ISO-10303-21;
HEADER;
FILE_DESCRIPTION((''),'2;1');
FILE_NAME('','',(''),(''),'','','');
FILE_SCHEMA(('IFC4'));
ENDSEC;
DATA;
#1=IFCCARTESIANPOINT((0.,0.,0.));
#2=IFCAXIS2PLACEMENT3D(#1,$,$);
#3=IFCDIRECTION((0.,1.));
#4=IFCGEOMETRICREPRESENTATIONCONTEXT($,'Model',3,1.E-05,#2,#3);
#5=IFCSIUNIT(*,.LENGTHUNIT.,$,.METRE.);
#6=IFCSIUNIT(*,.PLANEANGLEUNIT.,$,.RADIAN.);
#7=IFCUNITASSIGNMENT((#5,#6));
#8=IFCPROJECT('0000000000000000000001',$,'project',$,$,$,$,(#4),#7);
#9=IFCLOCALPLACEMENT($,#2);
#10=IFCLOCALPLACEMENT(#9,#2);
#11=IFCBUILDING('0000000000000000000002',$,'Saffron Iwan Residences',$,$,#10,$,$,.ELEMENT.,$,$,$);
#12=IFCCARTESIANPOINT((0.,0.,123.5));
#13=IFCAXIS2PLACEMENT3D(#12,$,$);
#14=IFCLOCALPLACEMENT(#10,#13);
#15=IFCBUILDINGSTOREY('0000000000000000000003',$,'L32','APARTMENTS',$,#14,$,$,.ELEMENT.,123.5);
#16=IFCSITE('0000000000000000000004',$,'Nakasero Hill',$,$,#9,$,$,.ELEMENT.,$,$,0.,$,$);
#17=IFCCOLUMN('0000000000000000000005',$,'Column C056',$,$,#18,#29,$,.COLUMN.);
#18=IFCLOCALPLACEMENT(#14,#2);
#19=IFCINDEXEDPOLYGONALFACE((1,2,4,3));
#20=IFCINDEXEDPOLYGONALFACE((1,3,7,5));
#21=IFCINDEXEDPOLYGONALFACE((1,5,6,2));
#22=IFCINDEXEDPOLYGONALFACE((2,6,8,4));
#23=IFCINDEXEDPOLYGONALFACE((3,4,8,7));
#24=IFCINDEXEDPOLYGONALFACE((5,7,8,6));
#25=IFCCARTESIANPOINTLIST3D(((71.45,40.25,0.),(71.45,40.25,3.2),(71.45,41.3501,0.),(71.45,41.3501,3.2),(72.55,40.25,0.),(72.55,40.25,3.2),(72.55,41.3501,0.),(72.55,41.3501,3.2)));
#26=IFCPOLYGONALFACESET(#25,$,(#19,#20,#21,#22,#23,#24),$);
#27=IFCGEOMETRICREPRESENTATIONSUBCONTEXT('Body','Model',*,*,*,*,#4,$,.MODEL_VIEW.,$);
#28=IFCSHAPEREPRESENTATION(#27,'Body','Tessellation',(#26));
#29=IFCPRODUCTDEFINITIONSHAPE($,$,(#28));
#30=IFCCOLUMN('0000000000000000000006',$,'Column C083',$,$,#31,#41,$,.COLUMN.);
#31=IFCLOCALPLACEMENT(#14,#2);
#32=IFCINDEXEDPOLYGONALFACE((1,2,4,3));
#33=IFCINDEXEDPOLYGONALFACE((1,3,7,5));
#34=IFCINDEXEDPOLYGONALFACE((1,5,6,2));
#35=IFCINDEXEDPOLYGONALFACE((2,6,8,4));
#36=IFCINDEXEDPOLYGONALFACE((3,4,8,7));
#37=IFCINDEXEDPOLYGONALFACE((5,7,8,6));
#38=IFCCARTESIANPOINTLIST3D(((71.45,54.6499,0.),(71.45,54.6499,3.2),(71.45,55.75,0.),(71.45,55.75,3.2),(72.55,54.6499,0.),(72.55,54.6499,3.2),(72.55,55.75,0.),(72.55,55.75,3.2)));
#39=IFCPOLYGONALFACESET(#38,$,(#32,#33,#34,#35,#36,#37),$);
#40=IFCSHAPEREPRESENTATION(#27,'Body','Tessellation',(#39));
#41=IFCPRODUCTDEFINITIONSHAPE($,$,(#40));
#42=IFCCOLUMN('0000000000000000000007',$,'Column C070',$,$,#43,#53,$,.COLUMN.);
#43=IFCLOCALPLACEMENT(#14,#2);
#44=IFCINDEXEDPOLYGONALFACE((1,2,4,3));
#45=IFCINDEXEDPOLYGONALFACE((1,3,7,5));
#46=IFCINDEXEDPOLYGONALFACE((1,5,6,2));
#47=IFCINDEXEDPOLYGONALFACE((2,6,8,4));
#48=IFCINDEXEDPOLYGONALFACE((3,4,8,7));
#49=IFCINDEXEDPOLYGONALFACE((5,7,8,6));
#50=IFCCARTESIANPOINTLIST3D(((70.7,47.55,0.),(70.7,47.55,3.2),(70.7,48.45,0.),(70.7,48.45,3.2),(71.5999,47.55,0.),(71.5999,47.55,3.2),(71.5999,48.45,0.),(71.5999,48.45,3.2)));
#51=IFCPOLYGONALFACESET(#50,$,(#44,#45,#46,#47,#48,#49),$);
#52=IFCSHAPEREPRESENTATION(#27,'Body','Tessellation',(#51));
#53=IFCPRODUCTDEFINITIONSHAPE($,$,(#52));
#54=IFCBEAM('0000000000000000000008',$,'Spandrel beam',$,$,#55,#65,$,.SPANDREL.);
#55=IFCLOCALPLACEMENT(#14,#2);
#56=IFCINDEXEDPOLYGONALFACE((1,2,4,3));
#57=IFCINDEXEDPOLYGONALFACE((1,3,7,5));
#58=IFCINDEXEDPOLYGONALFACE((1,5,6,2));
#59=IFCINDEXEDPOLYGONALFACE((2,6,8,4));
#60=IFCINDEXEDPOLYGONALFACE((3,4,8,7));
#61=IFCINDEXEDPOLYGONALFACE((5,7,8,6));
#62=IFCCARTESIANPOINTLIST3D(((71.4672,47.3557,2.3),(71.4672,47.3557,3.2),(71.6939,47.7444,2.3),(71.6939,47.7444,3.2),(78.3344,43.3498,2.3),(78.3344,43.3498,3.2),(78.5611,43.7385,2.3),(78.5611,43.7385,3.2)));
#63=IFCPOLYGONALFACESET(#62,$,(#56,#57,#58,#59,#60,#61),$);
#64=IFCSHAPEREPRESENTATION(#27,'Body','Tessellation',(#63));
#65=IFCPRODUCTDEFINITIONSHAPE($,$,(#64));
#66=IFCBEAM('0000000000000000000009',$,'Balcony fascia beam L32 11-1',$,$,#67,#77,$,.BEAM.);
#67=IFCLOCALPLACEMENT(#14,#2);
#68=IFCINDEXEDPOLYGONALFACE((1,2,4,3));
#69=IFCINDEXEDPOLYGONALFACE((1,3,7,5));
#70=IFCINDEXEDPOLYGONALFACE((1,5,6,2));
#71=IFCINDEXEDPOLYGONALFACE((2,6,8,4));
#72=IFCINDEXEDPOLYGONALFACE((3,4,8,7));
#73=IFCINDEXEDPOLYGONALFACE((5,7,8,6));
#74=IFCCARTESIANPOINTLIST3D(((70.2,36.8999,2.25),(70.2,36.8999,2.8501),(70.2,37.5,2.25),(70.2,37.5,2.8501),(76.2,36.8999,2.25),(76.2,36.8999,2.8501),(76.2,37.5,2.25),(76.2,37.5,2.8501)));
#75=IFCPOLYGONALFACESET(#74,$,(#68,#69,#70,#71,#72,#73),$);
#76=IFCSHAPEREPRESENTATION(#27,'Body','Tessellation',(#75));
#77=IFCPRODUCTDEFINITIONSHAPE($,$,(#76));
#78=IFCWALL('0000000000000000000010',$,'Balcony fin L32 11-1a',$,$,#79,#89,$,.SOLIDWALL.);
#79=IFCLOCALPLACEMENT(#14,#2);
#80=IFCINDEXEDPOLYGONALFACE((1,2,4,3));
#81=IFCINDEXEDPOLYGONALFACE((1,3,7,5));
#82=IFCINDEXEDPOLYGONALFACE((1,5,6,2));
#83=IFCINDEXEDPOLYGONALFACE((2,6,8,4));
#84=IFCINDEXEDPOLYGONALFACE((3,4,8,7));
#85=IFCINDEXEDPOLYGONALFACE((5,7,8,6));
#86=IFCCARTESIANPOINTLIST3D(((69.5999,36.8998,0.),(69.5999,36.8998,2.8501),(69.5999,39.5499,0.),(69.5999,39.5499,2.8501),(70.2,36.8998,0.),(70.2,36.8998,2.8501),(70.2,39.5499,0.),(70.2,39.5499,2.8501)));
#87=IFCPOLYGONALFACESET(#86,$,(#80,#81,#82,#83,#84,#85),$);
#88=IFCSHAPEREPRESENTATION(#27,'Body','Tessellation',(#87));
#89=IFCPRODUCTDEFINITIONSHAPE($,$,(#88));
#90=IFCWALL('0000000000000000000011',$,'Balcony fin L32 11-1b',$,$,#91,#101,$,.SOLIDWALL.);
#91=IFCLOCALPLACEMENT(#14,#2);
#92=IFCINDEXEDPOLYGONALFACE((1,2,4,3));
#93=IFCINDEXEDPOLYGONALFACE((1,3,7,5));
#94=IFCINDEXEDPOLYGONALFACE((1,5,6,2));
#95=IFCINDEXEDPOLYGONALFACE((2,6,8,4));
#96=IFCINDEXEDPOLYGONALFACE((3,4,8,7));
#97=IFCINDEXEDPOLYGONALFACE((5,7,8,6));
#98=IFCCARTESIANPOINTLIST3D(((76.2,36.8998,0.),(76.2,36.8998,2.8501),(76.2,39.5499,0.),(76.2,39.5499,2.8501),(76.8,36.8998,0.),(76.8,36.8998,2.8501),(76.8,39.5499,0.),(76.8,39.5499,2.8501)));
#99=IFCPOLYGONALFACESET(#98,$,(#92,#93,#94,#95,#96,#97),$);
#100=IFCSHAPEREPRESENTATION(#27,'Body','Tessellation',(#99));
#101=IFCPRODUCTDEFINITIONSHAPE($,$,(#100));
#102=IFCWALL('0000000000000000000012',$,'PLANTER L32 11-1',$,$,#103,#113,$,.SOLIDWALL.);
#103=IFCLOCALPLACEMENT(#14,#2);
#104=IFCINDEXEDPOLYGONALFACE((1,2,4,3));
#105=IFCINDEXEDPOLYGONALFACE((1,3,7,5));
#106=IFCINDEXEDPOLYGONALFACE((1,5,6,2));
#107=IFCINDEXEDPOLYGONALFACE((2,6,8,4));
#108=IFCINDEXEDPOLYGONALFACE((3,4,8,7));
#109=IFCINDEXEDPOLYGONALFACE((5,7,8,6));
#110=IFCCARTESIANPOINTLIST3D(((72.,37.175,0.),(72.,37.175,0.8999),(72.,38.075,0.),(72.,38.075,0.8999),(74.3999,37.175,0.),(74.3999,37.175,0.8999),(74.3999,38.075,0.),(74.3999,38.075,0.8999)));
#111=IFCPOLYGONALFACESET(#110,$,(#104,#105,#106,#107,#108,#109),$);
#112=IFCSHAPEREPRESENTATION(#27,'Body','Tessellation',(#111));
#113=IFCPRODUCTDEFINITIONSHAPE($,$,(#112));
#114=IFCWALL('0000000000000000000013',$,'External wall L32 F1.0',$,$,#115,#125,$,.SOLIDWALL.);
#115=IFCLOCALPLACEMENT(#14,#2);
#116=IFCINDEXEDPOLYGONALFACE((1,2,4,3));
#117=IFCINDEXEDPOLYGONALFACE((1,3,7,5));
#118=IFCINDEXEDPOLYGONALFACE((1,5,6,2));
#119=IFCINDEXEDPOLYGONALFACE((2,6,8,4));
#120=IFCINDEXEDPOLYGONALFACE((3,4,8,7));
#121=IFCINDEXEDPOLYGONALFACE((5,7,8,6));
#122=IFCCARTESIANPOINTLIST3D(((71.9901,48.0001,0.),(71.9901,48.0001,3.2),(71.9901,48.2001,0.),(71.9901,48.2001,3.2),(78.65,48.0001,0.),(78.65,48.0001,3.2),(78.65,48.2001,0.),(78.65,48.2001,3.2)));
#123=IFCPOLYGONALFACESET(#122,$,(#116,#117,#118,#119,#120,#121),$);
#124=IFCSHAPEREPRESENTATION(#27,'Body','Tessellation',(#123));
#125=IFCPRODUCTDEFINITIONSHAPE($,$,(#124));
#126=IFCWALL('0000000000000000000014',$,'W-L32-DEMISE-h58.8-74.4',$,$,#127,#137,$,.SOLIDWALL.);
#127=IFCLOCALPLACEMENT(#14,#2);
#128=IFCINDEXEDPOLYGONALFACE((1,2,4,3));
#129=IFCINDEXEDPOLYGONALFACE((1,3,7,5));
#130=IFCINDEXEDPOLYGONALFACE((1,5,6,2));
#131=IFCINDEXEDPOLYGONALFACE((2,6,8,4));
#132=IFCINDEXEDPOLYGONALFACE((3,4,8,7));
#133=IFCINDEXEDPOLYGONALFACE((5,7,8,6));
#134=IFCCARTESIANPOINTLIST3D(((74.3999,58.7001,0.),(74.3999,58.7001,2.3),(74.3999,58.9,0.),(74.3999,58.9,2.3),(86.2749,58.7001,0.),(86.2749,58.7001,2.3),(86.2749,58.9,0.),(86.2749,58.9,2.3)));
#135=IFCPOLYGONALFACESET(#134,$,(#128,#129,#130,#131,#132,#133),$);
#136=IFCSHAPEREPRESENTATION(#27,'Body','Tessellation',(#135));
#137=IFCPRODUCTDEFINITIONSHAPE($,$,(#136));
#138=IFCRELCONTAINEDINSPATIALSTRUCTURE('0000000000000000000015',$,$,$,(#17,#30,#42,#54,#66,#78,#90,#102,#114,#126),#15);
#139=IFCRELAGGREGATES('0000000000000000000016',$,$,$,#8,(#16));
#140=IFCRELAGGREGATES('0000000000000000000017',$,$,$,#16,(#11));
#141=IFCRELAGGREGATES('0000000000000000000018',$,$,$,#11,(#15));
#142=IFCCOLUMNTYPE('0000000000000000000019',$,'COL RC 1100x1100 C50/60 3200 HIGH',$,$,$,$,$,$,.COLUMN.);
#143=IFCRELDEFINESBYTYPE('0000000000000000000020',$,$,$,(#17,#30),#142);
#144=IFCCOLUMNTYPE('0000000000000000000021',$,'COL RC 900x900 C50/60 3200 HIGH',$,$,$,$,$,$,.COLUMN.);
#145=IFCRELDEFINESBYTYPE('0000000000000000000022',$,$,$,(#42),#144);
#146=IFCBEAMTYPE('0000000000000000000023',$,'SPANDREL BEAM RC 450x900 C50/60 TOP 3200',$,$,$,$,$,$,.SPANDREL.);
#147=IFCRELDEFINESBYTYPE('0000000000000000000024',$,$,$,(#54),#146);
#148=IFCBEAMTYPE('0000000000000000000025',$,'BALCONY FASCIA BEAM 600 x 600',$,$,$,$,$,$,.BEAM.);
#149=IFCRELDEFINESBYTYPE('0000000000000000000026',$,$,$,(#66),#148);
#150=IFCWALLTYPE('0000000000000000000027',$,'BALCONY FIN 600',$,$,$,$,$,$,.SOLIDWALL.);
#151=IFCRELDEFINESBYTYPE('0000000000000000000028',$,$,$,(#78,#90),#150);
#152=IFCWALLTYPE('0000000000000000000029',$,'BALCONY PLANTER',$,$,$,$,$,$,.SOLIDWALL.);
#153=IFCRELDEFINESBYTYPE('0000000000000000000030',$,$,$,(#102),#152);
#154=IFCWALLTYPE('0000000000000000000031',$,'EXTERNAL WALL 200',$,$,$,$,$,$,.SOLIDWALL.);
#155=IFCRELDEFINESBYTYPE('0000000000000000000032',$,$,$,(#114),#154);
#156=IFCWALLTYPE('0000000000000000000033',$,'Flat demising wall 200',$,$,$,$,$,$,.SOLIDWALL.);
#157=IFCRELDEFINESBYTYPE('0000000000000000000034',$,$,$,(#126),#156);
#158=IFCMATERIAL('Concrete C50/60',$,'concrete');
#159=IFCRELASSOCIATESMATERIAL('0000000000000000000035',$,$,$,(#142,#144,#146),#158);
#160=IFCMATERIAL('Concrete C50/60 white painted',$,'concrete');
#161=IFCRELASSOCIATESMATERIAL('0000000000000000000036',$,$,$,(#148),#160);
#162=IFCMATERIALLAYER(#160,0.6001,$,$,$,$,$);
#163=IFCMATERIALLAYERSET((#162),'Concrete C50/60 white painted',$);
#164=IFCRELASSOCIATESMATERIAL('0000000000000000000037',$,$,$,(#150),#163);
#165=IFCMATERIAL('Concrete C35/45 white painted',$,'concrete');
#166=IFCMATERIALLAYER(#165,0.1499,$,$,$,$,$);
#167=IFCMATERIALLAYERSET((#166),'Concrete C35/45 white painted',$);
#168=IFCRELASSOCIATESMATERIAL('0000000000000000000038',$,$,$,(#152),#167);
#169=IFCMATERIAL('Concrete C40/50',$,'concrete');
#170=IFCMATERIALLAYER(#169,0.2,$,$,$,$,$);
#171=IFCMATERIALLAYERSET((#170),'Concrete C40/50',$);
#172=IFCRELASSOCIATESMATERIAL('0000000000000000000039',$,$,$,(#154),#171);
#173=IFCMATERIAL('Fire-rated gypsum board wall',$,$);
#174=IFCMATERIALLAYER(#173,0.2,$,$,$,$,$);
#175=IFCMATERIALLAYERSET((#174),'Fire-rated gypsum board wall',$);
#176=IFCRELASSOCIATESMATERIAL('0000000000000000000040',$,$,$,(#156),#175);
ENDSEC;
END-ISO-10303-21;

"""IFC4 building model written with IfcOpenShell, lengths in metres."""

from ifc_helpers import new_model, si_unit, direction, frame, frame_2d, origin, origin_2d, place, context, subcontext, project, spatial, rectangle, extrude, source, transform, mapped, material, layer, layer_set, material_profile, profile_set, type_object, element, save


model = new_model("IFC4")

# Units and contexts
model_context = context("Model", 3, precision=1e-05, world=origin(), true_north=direction((0.0, 1.0)))
body_context = subcontext(model_context, "Body", "Model", "MODEL_VIEW")
ifc_project = project(units=[si_unit("LENGTHUNIT", "METRE"), si_unit("PLANEANGLEUNIT", "RADIAN")], contexts=[model_context])

# Site, building, storey
site_placement = place(None, origin())
site = spatial("IfcSite", under=ifc_project, at=site_placement, Name="Nakasero Hill", CompositionType="ELEMENT", RefElevation=0.0)
building_placement = place(site_placement, origin())
building = spatial("IfcBuilding", under=site, at=building_placement, Name="Saffron Iwan Residences", CompositionType="ELEMENT")
storey_placement = place(building_placement, frame((0.0, 0.0, 123.5)))
storey = spatial("IfcBuildingStorey", under=building, at=storey_placement, Name="L32", Description="APARTMENTS", CompositionType="ELEMENT", Elevation=123.5)

# Columns
ifc_material_1 = material(Name="Concrete C50/60", Category="concrete")
ifc_material_profile_1 = material_profile(ifc_material_1, rectangle(XDim=1.1001, YDim=1.1001, at=origin_2d()), Name="RC 1100x1100")
ifc_profile_set_1 = profile_set([ifc_material_profile_1], Name="Concrete C50/60")
column_type_1 = type_object("IfcColumnType", Name="COL RC 1100x1100 C50/60 3200 HIGH", PredefinedType="COLUMN", material=ifc_profile_set_1)
shared_shape_1 = source(origin(), body_context, "Body", "SweptSolid", [
    extrude(rectangle(XDim=1.1001, YDim=1.1001, at=origin_2d()), origin(), (0.0, 0.0, 1.0), 3.2),
])
for number, where, z_axis, x_axis, name in (
    (1, (72.0, 40.8, 0.0), (0.0, 0.0, 1.0), (1.0, 0.0, 0.0), "Column C056"),
    (2, (72.0, 55.2, 0.0), (0.0, 0.0, 1.0), (1.0, 0.0, 0.0), "Column C083"),
):
    element("IfcColumn", number, at=place(storey_placement, frame(where, z_axis=z_axis, x_axis=x_axis)), inside=storey, type_object=column_type_1, Name=name, PredefinedType="COLUMN", context=body_context, shape_type="MappedRepresentation", body=[
        mapped(shared_shape_1, transform((0.0, 0.0, 0.0))),
    ])
ifc_material_profile_2 = material_profile(ifc_material_1, rectangle(XDim=0.8999, YDim=0.8999, at=origin_2d()), Name="RC 900x900")
ifc_profile_set_2 = profile_set([ifc_material_profile_2], Name="Concrete C50/60")
column_type_2 = type_object("IfcColumnType", Name="COL RC 900x900 C50/60 3200 HIGH", PredefinedType="COLUMN", material=ifc_profile_set_2)
shared_shape_2 = source(origin(), body_context, "Body", "SweptSolid", [
    extrude(rectangle(XDim=0.8999, YDim=0.8999, at=origin_2d()), origin(), (0.0, 0.0, 1.0), 3.2),
])
column_placement = place(storey_placement, frame((71.1499, 48.0, 0.0), z_axis=(0.0, 0.0, 1.0), x_axis=(1.0, 0.0, 0.0)))
element("IfcColumn", 3, at=column_placement, inside=storey, type_object=column_type_2, Name="Column C070", PredefinedType="COLUMN", context=body_context, shape_type="MappedRepresentation", body=[
    mapped(shared_shape_2, transform((0.0, 0.0, 0.0))),
])

# Beams
ifc_material_profile_3 = material_profile(ifc_material_1, rectangle(XDim=0.45, YDim=0.8999, at=origin_2d()), Name="RC 450x900")
ifc_profile_set_3 = profile_set([ifc_material_profile_3], Name="Concrete C50/60")
beam_type_1 = type_object("IfcBeamType", Name="SPANDREL BEAM RC 450x900 C50/60 TOP 3200", PredefinedType="SPANDREL", material=ifc_profile_set_3)
shared_shape_3 = source(origin(), body_context, "Body", "SweptSolid", [
    extrude(rectangle(XDim=0.45, YDim=0.8999, at=origin_2d()), origin(), (0.0, 0.0, 1.0), 7.9502),
])
beam_1_placement = place(storey_placement, frame((71.5806, 47.55, 2.75), z_axis=(0.863779, -0.503871, 0.0), x_axis=(0.503871, 0.863779, 0.0)))
element("IfcBeam", 4, at=beam_1_placement, inside=storey, type_object=beam_type_1, Name="Spandrel beam", PredefinedType="SPANDREL", context=body_context, shape_type="MappedRepresentation", body=[
    mapped(shared_shape_3, transform((0.0, 0.0, 0.0))),
])
ifc_material_2 = material(Name="Concrete C50/60 white painted", Category="concrete")
ifc_material_profile_4 = material_profile(ifc_material_2, rectangle(XDim=0.6001, YDim=0.6001, at=origin_2d()), Name="BALCONY FASCIA BEAM 600 x 600")
ifc_profile_set_4 = profile_set([ifc_material_profile_4], Name="Concrete C50/60 white painted")
beam_type_2 = type_object("IfcBeamType", Name="BALCONY FASCIA BEAM 600 x 600", PredefinedType="BEAM", material=ifc_profile_set_4)
shared_shape_4 = source(origin(), body_context, "Body", "SweptSolid", [
    extrude(rectangle(XDim=0.6001, YDim=0.6001, at=origin_2d()), origin(), (0.0, 0.0, 1.0), 6.0),
])
beam_2_placement = place(storey_placement, frame((70.2, 37.2, 2.55), z_axis=(1.0, 0.0, 0.0), x_axis=(0.0, 1.0, 0.0)))
element("IfcBeam", 5, at=beam_2_placement, inside=storey, type_object=beam_type_2, Name="Balcony fascia beam L32 11-1", PredefinedType="BEAM", context=body_context, shape_type="MappedRepresentation", body=[
    mapped(shared_shape_4, transform((0.0, 0.0, 0.0))),
])

# Walls
ifc_layer_1 = layer(ifc_material_2, 0.6001)
ifc_layer_set_1 = layer_set([ifc_layer_1], Name="Concrete C50/60 white painted")
wall_type_1 = type_object("IfcWallType", Name="BALCONY FIN 600", PredefinedType="SOLIDWALL", material=ifc_layer_set_1)
for number, where, z_axis, x_axis, name in (
    (6, (69.8999, 39.55, 0.0), (0.0, 0.0, 1.0), (0.0, -1.0, 0.0), "Balcony fin L32 11-1a"),
    (7, (76.5, 39.55, 0.0), (0.0, 0.0, 1.0), (0.0, -1.0, 0.0), "Balcony fin L32 11-1b"),
):
    element("IfcWall", number, at=place(storey_placement, frame(where, z_axis=z_axis, x_axis=x_axis)), inside=storey, type_object=wall_type_1, Name=name, PredefinedType="SOLIDWALL", context=body_context, shape_type="SweptSolid", body=[
        extrude(rectangle(XDim=2.6501, YDim=0.6001, at=frame_2d((1.3252, 0.0))), origin(), (0.0, 0.0, 1.0), 2.8501),
    ])
ifc_material_3 = material(Name="Concrete C35/45 white painted", Category="concrete")
ifc_layer_2 = layer(ifc_material_3, 0.1499)
ifc_layer_set_2 = layer_set([ifc_layer_2], Name="Concrete C35/45 white painted")
wall_type_2 = type_object("IfcWallType", Name="BALCONY PLANTER", PredefinedType="SOLIDWALL", material=ifc_layer_set_2)
wall_1_placement = place(storey_placement, frame((72.0, 37.625, 0.0), z_axis=(0.0, 0.0, 1.0), x_axis=(1.0, 0.0, 0.0)))
element("IfcWall", 8, at=wall_1_placement, inside=storey, type_object=wall_type_2, Name="PLANTER L32 11-1", PredefinedType="SOLIDWALL", context=body_context, shape_type="SweptSolid", body=[
    extrude(rectangle(XDim=2.3999, YDim=0.8999, at=frame_2d((1.2, 0.0))), origin(), (0.0, 0.0, 1.0), 0.8999),
])
ifc_material_4 = material(Name="Concrete C40/50", Category="concrete")
ifc_layer_3 = layer(ifc_material_4, 0.2)
ifc_layer_set_3 = layer_set([ifc_layer_3], Name="Concrete C40/50")
wall_type_3 = type_object("IfcWallType", Name="EXTERNAL WALL 200", PredefinedType="SOLIDWALL", material=ifc_layer_set_3)
wall_2_placement = place(storey_placement, frame((71.99, 48.1001, 0.0), z_axis=(0.0, 0.0, 1.0), x_axis=(1.0, 0.0, 0.0)))
element("IfcWall", 9, at=wall_2_placement, inside=storey, type_object=wall_type_3, Name="External wall L32 F1.0", PredefinedType="SOLIDWALL", context=body_context, shape_type="SweptSolid", body=[
    extrude(rectangle(XDim=6.6599, YDim=0.2, at=frame_2d((3.3301, 0.0))), origin(), (0.0, 0.0, 1.0), 3.2),
])
ifc_material_5 = material(Name="Fire-rated gypsum board wall")
ifc_layer_4 = layer(ifc_material_5, 0.2)
ifc_layer_set_4 = layer_set([ifc_layer_4], Name="Fire-rated gypsum board wall")
wall_type_4 = type_object("IfcWallType", Name="Flat demising wall 200", PredefinedType="SOLIDWALL", material=ifc_layer_set_4)
wall_3_placement = place(storey_placement, frame((74.3999, 58.8, 0.0), z_axis=(0.0, 0.0, 1.0), x_axis=(1.0, 0.0, 0.0)))
element("IfcWall", 10, at=wall_3_placement, inside=storey, type_object=wall_type_4, Name="W-L32-DEMISE-h58.8-74.4", PredefinedType="SOLIDWALL", context=body_context, shape_type="SweptSolid", body=[
    extrude(rectangle(XDim=11.875, YDim=0.2, at=frame_2d((5.9375, 0.0))), origin(), (0.0, 0.0, 1.0), 2.3),
])

save(model, "model.ifc")
